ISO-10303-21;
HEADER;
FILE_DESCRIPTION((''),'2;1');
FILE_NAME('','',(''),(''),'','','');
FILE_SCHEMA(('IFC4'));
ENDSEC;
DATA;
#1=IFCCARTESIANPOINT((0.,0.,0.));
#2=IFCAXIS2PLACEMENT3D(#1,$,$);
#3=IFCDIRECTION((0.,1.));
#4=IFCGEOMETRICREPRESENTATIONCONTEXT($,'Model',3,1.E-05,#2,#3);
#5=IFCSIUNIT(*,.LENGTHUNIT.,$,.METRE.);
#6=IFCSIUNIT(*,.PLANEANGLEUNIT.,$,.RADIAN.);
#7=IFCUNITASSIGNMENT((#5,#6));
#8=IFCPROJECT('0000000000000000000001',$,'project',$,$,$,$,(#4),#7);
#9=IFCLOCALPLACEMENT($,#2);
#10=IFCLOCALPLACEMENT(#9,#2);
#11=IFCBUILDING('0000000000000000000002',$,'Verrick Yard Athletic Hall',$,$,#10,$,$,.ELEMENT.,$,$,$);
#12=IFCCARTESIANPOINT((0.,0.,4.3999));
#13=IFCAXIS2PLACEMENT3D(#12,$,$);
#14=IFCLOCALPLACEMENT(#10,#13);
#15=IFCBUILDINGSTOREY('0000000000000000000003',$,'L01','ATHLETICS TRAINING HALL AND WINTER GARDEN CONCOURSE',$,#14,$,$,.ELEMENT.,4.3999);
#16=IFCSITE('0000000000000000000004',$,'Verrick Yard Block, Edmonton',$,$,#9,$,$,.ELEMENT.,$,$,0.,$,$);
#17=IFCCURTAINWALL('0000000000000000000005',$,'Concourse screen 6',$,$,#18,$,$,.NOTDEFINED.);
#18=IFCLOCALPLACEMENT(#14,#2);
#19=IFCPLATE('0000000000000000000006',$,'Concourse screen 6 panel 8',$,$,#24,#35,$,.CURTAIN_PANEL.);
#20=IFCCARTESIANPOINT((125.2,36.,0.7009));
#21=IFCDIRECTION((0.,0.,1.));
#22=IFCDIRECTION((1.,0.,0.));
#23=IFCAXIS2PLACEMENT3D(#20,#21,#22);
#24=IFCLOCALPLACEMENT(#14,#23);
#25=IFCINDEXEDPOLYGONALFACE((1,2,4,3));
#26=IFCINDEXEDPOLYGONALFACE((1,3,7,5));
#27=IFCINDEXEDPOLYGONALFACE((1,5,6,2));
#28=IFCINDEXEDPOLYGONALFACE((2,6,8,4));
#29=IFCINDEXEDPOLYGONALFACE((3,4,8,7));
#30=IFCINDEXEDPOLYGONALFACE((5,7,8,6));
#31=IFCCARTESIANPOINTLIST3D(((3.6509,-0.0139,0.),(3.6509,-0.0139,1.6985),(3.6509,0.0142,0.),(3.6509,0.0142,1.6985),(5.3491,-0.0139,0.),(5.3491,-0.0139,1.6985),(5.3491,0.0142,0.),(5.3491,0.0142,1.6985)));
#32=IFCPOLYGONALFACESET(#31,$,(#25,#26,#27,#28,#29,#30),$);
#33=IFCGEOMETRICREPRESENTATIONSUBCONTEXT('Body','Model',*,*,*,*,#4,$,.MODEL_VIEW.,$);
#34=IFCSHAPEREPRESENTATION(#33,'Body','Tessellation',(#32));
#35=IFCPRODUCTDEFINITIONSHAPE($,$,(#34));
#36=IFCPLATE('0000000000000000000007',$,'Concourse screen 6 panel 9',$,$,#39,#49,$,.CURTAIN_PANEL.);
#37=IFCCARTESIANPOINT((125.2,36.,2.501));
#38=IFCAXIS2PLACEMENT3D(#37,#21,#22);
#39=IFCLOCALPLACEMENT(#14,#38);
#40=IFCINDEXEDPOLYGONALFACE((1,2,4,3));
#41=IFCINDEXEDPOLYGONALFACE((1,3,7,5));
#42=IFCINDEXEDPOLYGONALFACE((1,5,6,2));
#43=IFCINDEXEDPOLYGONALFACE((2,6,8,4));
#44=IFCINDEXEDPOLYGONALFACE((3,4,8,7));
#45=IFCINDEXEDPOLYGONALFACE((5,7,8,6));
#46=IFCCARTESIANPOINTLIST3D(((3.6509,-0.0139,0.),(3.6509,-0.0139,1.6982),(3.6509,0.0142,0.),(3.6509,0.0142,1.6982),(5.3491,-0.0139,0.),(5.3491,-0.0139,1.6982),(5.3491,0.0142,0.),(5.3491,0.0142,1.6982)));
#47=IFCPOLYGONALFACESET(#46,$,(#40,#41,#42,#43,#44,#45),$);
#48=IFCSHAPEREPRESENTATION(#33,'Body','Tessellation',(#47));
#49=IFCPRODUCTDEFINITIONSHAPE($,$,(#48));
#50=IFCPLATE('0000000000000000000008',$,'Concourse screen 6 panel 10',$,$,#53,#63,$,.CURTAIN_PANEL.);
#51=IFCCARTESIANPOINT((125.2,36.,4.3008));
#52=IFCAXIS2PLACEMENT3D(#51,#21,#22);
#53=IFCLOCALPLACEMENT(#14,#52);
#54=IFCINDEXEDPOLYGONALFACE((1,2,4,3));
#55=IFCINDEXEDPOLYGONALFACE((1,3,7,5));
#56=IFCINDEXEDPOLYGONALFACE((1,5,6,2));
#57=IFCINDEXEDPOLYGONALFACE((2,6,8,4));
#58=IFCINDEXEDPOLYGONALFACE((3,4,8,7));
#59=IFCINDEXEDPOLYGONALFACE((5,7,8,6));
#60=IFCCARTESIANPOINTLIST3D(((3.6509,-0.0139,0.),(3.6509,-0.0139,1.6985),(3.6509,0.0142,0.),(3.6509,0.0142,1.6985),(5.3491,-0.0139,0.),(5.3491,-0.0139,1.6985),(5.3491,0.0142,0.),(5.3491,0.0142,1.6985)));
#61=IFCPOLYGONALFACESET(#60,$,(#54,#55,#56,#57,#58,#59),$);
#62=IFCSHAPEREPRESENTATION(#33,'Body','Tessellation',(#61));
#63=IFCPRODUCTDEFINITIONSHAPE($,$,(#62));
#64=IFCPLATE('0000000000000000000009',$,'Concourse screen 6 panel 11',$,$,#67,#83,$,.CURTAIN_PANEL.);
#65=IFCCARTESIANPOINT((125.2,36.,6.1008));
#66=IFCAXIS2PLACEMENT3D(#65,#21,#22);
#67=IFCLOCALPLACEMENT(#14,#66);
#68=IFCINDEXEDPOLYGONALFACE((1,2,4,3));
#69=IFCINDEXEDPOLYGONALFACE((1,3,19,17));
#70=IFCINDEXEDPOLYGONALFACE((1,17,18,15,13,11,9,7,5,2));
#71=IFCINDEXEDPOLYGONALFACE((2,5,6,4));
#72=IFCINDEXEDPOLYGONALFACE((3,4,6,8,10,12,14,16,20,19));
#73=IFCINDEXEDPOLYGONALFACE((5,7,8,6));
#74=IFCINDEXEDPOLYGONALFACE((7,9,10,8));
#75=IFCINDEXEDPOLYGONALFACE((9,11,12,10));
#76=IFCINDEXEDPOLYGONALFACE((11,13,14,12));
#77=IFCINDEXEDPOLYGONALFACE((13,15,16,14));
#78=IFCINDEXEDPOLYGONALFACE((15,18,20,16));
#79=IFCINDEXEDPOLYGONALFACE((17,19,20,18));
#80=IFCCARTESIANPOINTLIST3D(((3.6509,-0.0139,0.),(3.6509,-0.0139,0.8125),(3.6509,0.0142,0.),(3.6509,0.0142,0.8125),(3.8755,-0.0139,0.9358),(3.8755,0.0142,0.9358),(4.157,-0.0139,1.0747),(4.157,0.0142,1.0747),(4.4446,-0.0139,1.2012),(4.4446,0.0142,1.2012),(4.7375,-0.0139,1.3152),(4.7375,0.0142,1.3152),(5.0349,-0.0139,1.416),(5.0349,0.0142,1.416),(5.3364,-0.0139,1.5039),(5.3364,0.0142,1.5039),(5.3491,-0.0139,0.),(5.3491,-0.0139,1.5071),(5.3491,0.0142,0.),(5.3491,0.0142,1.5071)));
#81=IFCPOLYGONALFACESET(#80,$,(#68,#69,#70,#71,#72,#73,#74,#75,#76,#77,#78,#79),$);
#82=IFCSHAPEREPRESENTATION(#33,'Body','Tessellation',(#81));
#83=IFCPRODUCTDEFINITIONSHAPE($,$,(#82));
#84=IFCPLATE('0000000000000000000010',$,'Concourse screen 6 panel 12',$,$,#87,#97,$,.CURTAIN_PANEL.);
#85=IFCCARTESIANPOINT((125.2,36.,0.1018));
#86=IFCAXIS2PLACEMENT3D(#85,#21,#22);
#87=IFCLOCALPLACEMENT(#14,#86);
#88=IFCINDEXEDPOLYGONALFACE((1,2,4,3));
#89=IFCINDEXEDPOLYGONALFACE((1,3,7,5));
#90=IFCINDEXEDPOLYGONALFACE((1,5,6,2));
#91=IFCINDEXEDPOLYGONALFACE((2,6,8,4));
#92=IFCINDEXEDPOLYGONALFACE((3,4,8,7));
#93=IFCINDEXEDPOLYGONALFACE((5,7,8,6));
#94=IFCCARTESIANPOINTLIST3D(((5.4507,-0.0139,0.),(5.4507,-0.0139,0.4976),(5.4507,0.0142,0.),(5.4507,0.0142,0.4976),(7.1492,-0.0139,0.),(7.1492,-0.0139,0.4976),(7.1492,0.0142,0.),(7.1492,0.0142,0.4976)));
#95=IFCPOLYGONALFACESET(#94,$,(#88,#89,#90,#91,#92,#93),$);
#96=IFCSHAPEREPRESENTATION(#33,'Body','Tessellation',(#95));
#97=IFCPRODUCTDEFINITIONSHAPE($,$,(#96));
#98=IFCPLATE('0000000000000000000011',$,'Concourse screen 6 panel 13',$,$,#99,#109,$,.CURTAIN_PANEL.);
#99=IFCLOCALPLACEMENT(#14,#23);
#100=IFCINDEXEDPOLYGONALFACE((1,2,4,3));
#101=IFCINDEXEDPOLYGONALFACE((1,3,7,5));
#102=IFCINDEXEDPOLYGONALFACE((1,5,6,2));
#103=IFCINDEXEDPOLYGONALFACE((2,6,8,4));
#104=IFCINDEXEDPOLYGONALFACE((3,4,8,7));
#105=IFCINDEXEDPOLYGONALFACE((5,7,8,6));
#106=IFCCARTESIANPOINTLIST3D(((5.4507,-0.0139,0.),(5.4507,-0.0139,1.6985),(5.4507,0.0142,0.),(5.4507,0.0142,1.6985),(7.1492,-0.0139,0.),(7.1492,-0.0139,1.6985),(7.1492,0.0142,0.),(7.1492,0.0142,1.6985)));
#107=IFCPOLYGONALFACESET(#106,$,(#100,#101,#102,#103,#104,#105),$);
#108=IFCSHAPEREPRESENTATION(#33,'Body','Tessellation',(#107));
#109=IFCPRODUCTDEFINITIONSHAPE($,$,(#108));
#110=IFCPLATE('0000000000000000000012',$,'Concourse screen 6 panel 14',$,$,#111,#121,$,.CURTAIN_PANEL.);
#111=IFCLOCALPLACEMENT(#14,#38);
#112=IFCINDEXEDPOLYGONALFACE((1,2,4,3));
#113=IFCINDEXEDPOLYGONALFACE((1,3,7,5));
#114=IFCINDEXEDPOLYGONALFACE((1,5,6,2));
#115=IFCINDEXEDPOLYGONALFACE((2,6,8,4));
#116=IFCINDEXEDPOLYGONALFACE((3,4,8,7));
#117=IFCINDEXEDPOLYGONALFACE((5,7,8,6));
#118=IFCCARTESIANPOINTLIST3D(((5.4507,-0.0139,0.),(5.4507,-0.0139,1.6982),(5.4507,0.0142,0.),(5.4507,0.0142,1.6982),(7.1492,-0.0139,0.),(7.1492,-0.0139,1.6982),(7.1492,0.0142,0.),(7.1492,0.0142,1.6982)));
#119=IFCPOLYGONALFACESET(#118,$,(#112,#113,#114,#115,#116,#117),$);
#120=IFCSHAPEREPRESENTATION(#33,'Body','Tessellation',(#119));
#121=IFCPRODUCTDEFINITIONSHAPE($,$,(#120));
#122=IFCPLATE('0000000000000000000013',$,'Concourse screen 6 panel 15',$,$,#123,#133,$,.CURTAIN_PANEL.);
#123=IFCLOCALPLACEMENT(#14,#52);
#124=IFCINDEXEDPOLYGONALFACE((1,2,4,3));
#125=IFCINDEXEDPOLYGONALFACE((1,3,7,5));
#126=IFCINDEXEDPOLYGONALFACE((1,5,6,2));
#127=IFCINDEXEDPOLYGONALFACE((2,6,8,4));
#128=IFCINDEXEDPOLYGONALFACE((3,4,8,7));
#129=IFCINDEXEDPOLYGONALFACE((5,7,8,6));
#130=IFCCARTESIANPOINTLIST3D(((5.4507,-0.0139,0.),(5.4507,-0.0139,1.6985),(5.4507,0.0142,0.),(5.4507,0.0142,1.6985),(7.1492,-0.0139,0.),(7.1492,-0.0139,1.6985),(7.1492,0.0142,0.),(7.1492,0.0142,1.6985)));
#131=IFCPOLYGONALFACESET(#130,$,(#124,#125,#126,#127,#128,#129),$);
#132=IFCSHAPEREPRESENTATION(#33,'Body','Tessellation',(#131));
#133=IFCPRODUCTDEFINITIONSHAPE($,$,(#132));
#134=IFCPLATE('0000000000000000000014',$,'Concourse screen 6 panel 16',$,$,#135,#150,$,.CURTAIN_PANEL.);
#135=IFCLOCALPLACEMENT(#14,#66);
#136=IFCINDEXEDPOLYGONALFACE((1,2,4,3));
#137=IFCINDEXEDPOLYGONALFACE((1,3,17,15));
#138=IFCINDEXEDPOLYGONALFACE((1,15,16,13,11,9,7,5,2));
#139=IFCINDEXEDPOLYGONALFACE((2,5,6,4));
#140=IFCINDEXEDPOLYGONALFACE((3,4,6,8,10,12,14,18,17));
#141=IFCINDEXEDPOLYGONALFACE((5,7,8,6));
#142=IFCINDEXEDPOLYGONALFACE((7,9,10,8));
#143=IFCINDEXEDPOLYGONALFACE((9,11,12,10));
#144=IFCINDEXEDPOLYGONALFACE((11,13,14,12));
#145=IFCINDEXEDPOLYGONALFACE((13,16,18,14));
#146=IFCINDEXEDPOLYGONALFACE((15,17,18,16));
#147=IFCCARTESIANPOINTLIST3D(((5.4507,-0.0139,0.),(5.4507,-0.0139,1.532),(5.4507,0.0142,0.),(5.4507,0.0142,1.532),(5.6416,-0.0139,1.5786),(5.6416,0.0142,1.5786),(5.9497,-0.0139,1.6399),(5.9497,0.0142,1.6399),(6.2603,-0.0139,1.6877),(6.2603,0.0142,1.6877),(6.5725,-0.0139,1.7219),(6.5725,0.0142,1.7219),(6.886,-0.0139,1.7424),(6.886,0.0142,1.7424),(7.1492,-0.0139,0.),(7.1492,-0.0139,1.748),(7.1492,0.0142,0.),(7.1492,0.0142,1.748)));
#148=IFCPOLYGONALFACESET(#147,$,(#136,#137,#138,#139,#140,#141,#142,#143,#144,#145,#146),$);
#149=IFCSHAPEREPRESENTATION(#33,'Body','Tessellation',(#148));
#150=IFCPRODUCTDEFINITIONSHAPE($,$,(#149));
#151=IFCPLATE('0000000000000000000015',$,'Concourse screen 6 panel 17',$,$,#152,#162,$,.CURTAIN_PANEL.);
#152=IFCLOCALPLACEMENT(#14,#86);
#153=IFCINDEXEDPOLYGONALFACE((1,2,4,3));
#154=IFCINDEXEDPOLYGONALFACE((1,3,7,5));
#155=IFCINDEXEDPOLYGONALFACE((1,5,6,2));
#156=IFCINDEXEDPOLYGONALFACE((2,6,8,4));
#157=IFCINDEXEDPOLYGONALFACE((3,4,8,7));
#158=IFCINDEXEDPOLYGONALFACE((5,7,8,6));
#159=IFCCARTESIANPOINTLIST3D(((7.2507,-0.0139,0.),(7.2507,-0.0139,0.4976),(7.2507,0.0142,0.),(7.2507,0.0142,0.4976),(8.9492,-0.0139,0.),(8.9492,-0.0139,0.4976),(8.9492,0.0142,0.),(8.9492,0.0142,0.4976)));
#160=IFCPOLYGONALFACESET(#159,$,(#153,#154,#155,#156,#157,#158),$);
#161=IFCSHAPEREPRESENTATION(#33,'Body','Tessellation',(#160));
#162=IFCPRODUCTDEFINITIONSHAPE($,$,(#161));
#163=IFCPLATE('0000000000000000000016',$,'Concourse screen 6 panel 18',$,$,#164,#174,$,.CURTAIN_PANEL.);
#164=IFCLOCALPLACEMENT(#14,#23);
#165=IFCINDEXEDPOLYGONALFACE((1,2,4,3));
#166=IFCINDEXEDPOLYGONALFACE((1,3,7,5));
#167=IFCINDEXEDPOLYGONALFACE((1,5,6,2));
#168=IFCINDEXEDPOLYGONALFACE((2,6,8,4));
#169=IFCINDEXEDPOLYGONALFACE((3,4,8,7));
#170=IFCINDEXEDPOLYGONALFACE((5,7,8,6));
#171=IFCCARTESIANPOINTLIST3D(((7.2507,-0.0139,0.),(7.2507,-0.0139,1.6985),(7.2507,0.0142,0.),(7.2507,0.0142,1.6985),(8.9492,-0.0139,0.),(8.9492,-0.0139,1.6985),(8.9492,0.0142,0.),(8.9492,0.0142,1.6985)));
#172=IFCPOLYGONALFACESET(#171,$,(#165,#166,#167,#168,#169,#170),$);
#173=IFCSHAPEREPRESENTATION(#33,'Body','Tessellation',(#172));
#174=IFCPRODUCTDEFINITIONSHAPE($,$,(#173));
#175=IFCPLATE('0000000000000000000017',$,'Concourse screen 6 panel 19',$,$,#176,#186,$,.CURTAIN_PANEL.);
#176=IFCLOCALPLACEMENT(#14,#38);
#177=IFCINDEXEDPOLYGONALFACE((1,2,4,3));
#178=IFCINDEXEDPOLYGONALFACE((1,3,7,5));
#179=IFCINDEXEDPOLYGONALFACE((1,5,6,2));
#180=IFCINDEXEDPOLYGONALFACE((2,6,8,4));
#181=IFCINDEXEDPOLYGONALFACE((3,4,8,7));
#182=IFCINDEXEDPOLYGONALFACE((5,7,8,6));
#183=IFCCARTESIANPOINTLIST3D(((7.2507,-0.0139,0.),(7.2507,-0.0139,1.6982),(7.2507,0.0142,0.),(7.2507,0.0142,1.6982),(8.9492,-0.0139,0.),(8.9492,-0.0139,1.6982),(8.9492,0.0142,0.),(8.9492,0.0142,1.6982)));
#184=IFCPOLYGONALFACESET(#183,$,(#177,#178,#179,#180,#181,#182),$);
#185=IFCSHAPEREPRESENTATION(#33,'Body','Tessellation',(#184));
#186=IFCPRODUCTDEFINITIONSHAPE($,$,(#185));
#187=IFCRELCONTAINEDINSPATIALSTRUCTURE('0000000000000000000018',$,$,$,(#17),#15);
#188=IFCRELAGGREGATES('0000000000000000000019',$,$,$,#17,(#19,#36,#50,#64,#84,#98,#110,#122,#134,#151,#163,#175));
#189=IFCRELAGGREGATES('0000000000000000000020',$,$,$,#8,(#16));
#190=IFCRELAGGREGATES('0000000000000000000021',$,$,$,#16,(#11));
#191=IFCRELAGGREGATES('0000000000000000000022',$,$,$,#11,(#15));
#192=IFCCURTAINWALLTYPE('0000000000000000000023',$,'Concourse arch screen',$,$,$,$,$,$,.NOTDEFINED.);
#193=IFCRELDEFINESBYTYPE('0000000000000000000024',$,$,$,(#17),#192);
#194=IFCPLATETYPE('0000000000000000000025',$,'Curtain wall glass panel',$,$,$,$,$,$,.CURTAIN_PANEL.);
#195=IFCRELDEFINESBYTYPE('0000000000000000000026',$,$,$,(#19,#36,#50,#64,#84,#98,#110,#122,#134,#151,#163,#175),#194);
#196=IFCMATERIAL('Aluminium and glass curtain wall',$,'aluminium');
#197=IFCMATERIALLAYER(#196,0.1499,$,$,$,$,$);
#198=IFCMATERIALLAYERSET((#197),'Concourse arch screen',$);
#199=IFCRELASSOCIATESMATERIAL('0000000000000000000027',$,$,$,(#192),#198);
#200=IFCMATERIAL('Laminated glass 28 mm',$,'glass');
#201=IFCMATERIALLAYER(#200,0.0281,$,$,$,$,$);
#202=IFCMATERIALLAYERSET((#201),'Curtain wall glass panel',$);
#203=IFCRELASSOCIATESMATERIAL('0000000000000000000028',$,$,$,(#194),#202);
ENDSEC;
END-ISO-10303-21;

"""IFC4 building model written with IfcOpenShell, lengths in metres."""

from ifc_helpers import new_model, si_unit, direction, frame, origin, place, context, subcontext, project, spatial, polyline, outline, extrude, material, layer, layer_set, type_object, element, aggregate, save


model = new_model("IFC4")

# Units and contexts
model_context = context("Model", 3, precision=1e-05, world=origin(), true_north=direction((0.0, 1.0)))
body_context = subcontext(model_context, "Body", "Model", "MODEL_VIEW")
ifc_project = project(units=[si_unit("LENGTHUNIT", "METRE"), si_unit("PLANEANGLEUNIT", "RADIAN")], contexts=[model_context])

# Site, building, storey
site_placement = place(None, origin())
site = spatial("IfcSite", under=ifc_project, at=site_placement, Name="Verrick Yard Block, Edmonton", CompositionType="ELEMENT", RefElevation=0.0)
building_placement = place(site_placement, origin())
building = spatial("IfcBuilding", under=site, at=building_placement, Name="Verrick Yard Athletic Hall", CompositionType="ELEMENT")
storey_placement = place(building_placement, frame((0.0, 0.0, 4.3999)))
storey = spatial("IfcBuildingStorey", under=building, at=storey_placement, Name="L01", Description="ATHLETICS TRAINING HALL AND WINTER GARDEN CONCOURSE", CompositionType="ELEMENT", Elevation=4.3999)

# Curtain wall, plates
ifc_material_1 = material(Name="Aluminium and glass curtain wall", Category="aluminium")
ifc_layer_1 = layer(ifc_material_1, 0.1499)
ifc_layer_set_1 = layer_set([ifc_layer_1], Name="Concourse arch screen")
curtain_wall_type = type_object("IfcCurtainWallType", Name="Concourse arch screen", PredefinedType="NOTDEFINED", material=ifc_layer_set_1)
curtain_wall_placement = place(storey_placement, origin())
curtain_wall = element("IfcCurtainWall", 1, at=curtain_wall_placement, inside=storey, type_object=curtain_wall_type, Name="Concourse screen 6", PredefinedType="NOTDEFINED")
ifc_material_2 = material(Name="Laminated glass 28 mm", Category="glass")
ifc_layer_2 = layer(ifc_material_2, 0.0281)
ifc_layer_set_2 = layer_set([ifc_layer_2], Name="Curtain wall glass panel")
plate_type = type_object("IfcPlateType", Name="Curtain wall glass panel", PredefinedType="CURTAIN_PANEL", material=ifc_layer_set_2)
plate_1_placement = place(storey_placement, frame((125.2, 36.0, 0.7009), z_axis=(0.0, 0.0, 1.0), x_axis=(1.0, 0.0, 0.0)))
plate_1 = element("IfcPlate", 2, at=plate_1_placement, type_object=plate_type, Name="Concourse screen 6 panel 8", PredefinedType="CURTAIN_PANEL", context=body_context, shape_type="SweptSolid", body=[
    extrude(outline(polyline([(5.3491, 0.0), (5.3491, 1.6985), (3.6509, 1.6985), (3.6509, 0.0), (5.3491, 0.0)])), frame((0.0, 0.0142, 0.0), z_axis=(0.0, -1.0, 0.0), x_axis=(1.0, 0.0, 0.0)), (0.0, 0.0, 1.0), 0.0281),
])
plate_2_placement = place(storey_placement, frame((125.2, 36.0, 2.501), z_axis=(0.0, 0.0, 1.0), x_axis=(1.0, 0.0, 0.0)))
plate_2 = element("IfcPlate", 3, at=plate_2_placement, type_object=plate_type, Name="Concourse screen 6 panel 9", PredefinedType="CURTAIN_PANEL", context=body_context, shape_type="SweptSolid", body=[
    extrude(outline(polyline([(5.3491, 0.0), (5.3491, 1.6982), (3.6509, 1.6982), (3.6509, 0.0), (5.3491, 0.0)])), frame((0.0, 0.0142, 0.0), z_axis=(0.0, -1.0, 0.0), x_axis=(1.0, 0.0, 0.0)), (0.0, 0.0, 1.0), 0.0281),
])
plate_3_placement = place(storey_placement, frame((125.2, 36.0, 4.3008), z_axis=(0.0, 0.0, 1.0), x_axis=(1.0, 0.0, 0.0)))
plate_3 = element("IfcPlate", 4, at=plate_3_placement, type_object=plate_type, Name="Concourse screen 6 panel 10", PredefinedType="CURTAIN_PANEL", context=body_context, shape_type="SweptSolid", body=[
    extrude(outline(polyline([(5.3491, 0.0), (5.3491, 1.6985), (3.6509, 1.6985), (3.6509, 0.0), (5.3491, 0.0)])), frame((0.0, 0.0142, 0.0), z_axis=(0.0, -1.0, 0.0), x_axis=(1.0, 0.0, 0.0)), (0.0, 0.0, 1.0), 0.0281),
])
plate_4_placement = place(storey_placement, frame((125.2, 36.0, 6.1008), z_axis=(0.0, 0.0, 1.0), x_axis=(1.0, 0.0, 0.0)))
plate_4 = element("IfcPlate", 5, at=plate_4_placement, type_object=plate_type, Name="Concourse screen 6 panel 11", PredefinedType="CURTAIN_PANEL", context=body_context, shape_type="SweptSolid", body=[
    extrude(outline(polyline([(5.3491, 1.5071), (5.3364, 1.5039), (5.0349, 1.416), (4.7375, 1.3152), (4.4446, 1.2012), (4.157, 1.0747), (3.8755, 0.9358), (3.6509, 0.8125), (3.6509, 0.0), (5.3491, 0.0), (5.3491, 1.5071)])), frame((0.0, 0.0142, 0.0), z_axis=(0.0, -1.0, 0.0), x_axis=(1.0, 0.0, 0.0)), (0.0, 0.0, 1.0), 0.0281),
])
plate_5_placement = place(storey_placement, frame((125.2, 36.0, 0.1018), z_axis=(0.0, 0.0, 1.0), x_axis=(1.0, 0.0, 0.0)))
plate_5 = element("IfcPlate", 6, at=plate_5_placement, type_object=plate_type, Name="Concourse screen 6 panel 12", PredefinedType="CURTAIN_PANEL", context=body_context, shape_type="SweptSolid", body=[
    extrude(outline(polyline([(7.1492, 0.0), (7.1492, 0.4976), (5.4507, 0.4976), (5.4507, 0.0), (7.1492, 0.0)])), frame((0.0, 0.0142, 0.0), z_axis=(0.0, -1.0, 0.0), x_axis=(1.0, 0.0, 0.0)), (0.0, 0.0, 1.0), 0.0281),
])
plate_6_placement = place(storey_placement, frame((125.2, 36.0, 0.7009), z_axis=(0.0, 0.0, 1.0), x_axis=(1.0, 0.0, 0.0)))
plate_6 = element("IfcPlate", 7, at=plate_6_placement, type_object=plate_type, Name="Concourse screen 6 panel 13", PredefinedType="CURTAIN_PANEL", context=body_context, shape_type="SweptSolid", body=[
    extrude(outline(polyline([(7.1492, 0.0), (7.1492, 1.6985), (5.4507, 1.6985), (5.4507, 0.0), (7.1492, 0.0)])), frame((0.0, 0.0142, 0.0), z_axis=(0.0, -1.0, 0.0), x_axis=(1.0, 0.0, 0.0)), (0.0, 0.0, 1.0), 0.0281),
])
plate_7_placement = place(storey_placement, frame((125.2, 36.0, 2.501), z_axis=(0.0, 0.0, 1.0), x_axis=(1.0, 0.0, 0.0)))
plate_7 = element("IfcPlate", 8, at=plate_7_placement, type_object=plate_type, Name="Concourse screen 6 panel 14", PredefinedType="CURTAIN_PANEL", context=body_context, shape_type="SweptSolid", body=[
    extrude(outline(polyline([(7.1492, 0.0), (7.1492, 1.6982), (5.4507, 1.6982), (5.4507, 0.0), (7.1492, 0.0)])), frame((0.0, 0.0142, 0.0), z_axis=(0.0, -1.0, 0.0), x_axis=(1.0, 0.0, 0.0)), (0.0, 0.0, 1.0), 0.0281),
])
plate_8_placement = place(storey_placement, frame((125.2, 36.0, 4.3008), z_axis=(0.0, 0.0, 1.0), x_axis=(1.0, 0.0, 0.0)))
plate_8 = element("IfcPlate", 9, at=plate_8_placement, type_object=plate_type, Name="Concourse screen 6 panel 15", PredefinedType="CURTAIN_PANEL", context=body_context, shape_type="SweptSolid", body=[
    extrude(outline(polyline([(7.1492, 0.0), (7.1492, 1.6985), (5.4507, 1.6985), (5.4507, 0.0), (7.1492, 0.0)])), frame((0.0, 0.0142, 0.0), z_axis=(0.0, -1.0, 0.0), x_axis=(1.0, 0.0, 0.0)), (0.0, 0.0, 1.0), 0.0281),
])
plate_9_placement = place(storey_placement, frame((125.2, 36.0, 6.1008), z_axis=(0.0, 0.0, 1.0), x_axis=(1.0, 0.0, 0.0)))
plate_9 = element("IfcPlate", 10, at=plate_9_placement, type_object=plate_type, Name="Concourse screen 6 panel 16", PredefinedType="CURTAIN_PANEL", context=body_context, shape_type="SweptSolid", body=[
    extrude(outline(polyline([(7.1492, 1.748), (6.886, 1.7424), (6.5725, 1.7219), (6.2603, 1.6877), (5.9497, 1.6399), (5.6416, 1.5786), (5.4507, 1.532), (5.4507, 0.0), (7.1492, 0.0), (7.1492, 1.748)])), frame((0.0, 0.0142, 0.0), z_axis=(0.0, -1.0, 0.0), x_axis=(1.0, 0.0, 0.0)), (0.0, 0.0, 1.0), 0.0281),
])
plate_10_placement = place(storey_placement, frame((125.2, 36.0, 0.1018), z_axis=(0.0, 0.0, 1.0), x_axis=(1.0, 0.0, 0.0)))
plate_10 = element("IfcPlate", 11, at=plate_10_placement, type_object=plate_type, Name="Concourse screen 6 panel 17", PredefinedType="CURTAIN_PANEL", context=body_context, shape_type="SweptSolid", body=[
    extrude(outline(polyline([(8.9492, 0.0), (8.9492, 0.4976), (7.2507, 0.4976), (7.2507, 0.0), (8.9492, 0.0)])), frame((0.0, 0.0142, 0.0), z_axis=(0.0, -1.0, 0.0), x_axis=(1.0, 0.0, 0.0)), (0.0, 0.0, 1.0), 0.0281),
])
plate_11_placement = place(storey_placement, frame((125.2, 36.0, 0.7009), z_axis=(0.0, 0.0, 1.0), x_axis=(1.0, 0.0, 0.0)))
plate_11 = element("IfcPlate", 12, at=plate_11_placement, type_object=plate_type, Name="Concourse screen 6 panel 18", PredefinedType="CURTAIN_PANEL", context=body_context, shape_type="SweptSolid", body=[
    extrude(outline(polyline([(8.9492, 0.0), (8.9492, 1.6985), (7.2507, 1.6985), (7.2507, 0.0), (8.9492, 0.0)])), frame((0.0, 0.0142, 0.0), z_axis=(0.0, -1.0, 0.0), x_axis=(1.0, 0.0, 0.0)), (0.0, 0.0, 1.0), 0.0281),
])
plate_12_placement = place(storey_placement, frame((125.2, 36.0, 2.501), z_axis=(0.0, 0.0, 1.0), x_axis=(1.0, 0.0, 0.0)))
plate_12 = element("IfcPlate", 13, at=plate_12_placement, type_object=plate_type, Name="Concourse screen 6 panel 19", PredefinedType="CURTAIN_PANEL", context=body_context, shape_type="SweptSolid", body=[
    extrude(outline(polyline([(8.9492, 0.0), (8.9492, 1.6982), (7.2507, 1.6982), (7.2507, 0.0), (8.9492, 0.0)])), frame((0.0, 0.0142, 0.0), z_axis=(0.0, -1.0, 0.0), x_axis=(1.0, 0.0, 0.0)), (0.0, 0.0, 1.0), 0.0281),
])
aggregate(curtain_wall, [plate_1, plate_2, plate_3, plate_4, plate_5, plate_6, plate_7, plate_8, plate_9, plate_10, plate_11, plate_12])

save(model, "model.ifc")
